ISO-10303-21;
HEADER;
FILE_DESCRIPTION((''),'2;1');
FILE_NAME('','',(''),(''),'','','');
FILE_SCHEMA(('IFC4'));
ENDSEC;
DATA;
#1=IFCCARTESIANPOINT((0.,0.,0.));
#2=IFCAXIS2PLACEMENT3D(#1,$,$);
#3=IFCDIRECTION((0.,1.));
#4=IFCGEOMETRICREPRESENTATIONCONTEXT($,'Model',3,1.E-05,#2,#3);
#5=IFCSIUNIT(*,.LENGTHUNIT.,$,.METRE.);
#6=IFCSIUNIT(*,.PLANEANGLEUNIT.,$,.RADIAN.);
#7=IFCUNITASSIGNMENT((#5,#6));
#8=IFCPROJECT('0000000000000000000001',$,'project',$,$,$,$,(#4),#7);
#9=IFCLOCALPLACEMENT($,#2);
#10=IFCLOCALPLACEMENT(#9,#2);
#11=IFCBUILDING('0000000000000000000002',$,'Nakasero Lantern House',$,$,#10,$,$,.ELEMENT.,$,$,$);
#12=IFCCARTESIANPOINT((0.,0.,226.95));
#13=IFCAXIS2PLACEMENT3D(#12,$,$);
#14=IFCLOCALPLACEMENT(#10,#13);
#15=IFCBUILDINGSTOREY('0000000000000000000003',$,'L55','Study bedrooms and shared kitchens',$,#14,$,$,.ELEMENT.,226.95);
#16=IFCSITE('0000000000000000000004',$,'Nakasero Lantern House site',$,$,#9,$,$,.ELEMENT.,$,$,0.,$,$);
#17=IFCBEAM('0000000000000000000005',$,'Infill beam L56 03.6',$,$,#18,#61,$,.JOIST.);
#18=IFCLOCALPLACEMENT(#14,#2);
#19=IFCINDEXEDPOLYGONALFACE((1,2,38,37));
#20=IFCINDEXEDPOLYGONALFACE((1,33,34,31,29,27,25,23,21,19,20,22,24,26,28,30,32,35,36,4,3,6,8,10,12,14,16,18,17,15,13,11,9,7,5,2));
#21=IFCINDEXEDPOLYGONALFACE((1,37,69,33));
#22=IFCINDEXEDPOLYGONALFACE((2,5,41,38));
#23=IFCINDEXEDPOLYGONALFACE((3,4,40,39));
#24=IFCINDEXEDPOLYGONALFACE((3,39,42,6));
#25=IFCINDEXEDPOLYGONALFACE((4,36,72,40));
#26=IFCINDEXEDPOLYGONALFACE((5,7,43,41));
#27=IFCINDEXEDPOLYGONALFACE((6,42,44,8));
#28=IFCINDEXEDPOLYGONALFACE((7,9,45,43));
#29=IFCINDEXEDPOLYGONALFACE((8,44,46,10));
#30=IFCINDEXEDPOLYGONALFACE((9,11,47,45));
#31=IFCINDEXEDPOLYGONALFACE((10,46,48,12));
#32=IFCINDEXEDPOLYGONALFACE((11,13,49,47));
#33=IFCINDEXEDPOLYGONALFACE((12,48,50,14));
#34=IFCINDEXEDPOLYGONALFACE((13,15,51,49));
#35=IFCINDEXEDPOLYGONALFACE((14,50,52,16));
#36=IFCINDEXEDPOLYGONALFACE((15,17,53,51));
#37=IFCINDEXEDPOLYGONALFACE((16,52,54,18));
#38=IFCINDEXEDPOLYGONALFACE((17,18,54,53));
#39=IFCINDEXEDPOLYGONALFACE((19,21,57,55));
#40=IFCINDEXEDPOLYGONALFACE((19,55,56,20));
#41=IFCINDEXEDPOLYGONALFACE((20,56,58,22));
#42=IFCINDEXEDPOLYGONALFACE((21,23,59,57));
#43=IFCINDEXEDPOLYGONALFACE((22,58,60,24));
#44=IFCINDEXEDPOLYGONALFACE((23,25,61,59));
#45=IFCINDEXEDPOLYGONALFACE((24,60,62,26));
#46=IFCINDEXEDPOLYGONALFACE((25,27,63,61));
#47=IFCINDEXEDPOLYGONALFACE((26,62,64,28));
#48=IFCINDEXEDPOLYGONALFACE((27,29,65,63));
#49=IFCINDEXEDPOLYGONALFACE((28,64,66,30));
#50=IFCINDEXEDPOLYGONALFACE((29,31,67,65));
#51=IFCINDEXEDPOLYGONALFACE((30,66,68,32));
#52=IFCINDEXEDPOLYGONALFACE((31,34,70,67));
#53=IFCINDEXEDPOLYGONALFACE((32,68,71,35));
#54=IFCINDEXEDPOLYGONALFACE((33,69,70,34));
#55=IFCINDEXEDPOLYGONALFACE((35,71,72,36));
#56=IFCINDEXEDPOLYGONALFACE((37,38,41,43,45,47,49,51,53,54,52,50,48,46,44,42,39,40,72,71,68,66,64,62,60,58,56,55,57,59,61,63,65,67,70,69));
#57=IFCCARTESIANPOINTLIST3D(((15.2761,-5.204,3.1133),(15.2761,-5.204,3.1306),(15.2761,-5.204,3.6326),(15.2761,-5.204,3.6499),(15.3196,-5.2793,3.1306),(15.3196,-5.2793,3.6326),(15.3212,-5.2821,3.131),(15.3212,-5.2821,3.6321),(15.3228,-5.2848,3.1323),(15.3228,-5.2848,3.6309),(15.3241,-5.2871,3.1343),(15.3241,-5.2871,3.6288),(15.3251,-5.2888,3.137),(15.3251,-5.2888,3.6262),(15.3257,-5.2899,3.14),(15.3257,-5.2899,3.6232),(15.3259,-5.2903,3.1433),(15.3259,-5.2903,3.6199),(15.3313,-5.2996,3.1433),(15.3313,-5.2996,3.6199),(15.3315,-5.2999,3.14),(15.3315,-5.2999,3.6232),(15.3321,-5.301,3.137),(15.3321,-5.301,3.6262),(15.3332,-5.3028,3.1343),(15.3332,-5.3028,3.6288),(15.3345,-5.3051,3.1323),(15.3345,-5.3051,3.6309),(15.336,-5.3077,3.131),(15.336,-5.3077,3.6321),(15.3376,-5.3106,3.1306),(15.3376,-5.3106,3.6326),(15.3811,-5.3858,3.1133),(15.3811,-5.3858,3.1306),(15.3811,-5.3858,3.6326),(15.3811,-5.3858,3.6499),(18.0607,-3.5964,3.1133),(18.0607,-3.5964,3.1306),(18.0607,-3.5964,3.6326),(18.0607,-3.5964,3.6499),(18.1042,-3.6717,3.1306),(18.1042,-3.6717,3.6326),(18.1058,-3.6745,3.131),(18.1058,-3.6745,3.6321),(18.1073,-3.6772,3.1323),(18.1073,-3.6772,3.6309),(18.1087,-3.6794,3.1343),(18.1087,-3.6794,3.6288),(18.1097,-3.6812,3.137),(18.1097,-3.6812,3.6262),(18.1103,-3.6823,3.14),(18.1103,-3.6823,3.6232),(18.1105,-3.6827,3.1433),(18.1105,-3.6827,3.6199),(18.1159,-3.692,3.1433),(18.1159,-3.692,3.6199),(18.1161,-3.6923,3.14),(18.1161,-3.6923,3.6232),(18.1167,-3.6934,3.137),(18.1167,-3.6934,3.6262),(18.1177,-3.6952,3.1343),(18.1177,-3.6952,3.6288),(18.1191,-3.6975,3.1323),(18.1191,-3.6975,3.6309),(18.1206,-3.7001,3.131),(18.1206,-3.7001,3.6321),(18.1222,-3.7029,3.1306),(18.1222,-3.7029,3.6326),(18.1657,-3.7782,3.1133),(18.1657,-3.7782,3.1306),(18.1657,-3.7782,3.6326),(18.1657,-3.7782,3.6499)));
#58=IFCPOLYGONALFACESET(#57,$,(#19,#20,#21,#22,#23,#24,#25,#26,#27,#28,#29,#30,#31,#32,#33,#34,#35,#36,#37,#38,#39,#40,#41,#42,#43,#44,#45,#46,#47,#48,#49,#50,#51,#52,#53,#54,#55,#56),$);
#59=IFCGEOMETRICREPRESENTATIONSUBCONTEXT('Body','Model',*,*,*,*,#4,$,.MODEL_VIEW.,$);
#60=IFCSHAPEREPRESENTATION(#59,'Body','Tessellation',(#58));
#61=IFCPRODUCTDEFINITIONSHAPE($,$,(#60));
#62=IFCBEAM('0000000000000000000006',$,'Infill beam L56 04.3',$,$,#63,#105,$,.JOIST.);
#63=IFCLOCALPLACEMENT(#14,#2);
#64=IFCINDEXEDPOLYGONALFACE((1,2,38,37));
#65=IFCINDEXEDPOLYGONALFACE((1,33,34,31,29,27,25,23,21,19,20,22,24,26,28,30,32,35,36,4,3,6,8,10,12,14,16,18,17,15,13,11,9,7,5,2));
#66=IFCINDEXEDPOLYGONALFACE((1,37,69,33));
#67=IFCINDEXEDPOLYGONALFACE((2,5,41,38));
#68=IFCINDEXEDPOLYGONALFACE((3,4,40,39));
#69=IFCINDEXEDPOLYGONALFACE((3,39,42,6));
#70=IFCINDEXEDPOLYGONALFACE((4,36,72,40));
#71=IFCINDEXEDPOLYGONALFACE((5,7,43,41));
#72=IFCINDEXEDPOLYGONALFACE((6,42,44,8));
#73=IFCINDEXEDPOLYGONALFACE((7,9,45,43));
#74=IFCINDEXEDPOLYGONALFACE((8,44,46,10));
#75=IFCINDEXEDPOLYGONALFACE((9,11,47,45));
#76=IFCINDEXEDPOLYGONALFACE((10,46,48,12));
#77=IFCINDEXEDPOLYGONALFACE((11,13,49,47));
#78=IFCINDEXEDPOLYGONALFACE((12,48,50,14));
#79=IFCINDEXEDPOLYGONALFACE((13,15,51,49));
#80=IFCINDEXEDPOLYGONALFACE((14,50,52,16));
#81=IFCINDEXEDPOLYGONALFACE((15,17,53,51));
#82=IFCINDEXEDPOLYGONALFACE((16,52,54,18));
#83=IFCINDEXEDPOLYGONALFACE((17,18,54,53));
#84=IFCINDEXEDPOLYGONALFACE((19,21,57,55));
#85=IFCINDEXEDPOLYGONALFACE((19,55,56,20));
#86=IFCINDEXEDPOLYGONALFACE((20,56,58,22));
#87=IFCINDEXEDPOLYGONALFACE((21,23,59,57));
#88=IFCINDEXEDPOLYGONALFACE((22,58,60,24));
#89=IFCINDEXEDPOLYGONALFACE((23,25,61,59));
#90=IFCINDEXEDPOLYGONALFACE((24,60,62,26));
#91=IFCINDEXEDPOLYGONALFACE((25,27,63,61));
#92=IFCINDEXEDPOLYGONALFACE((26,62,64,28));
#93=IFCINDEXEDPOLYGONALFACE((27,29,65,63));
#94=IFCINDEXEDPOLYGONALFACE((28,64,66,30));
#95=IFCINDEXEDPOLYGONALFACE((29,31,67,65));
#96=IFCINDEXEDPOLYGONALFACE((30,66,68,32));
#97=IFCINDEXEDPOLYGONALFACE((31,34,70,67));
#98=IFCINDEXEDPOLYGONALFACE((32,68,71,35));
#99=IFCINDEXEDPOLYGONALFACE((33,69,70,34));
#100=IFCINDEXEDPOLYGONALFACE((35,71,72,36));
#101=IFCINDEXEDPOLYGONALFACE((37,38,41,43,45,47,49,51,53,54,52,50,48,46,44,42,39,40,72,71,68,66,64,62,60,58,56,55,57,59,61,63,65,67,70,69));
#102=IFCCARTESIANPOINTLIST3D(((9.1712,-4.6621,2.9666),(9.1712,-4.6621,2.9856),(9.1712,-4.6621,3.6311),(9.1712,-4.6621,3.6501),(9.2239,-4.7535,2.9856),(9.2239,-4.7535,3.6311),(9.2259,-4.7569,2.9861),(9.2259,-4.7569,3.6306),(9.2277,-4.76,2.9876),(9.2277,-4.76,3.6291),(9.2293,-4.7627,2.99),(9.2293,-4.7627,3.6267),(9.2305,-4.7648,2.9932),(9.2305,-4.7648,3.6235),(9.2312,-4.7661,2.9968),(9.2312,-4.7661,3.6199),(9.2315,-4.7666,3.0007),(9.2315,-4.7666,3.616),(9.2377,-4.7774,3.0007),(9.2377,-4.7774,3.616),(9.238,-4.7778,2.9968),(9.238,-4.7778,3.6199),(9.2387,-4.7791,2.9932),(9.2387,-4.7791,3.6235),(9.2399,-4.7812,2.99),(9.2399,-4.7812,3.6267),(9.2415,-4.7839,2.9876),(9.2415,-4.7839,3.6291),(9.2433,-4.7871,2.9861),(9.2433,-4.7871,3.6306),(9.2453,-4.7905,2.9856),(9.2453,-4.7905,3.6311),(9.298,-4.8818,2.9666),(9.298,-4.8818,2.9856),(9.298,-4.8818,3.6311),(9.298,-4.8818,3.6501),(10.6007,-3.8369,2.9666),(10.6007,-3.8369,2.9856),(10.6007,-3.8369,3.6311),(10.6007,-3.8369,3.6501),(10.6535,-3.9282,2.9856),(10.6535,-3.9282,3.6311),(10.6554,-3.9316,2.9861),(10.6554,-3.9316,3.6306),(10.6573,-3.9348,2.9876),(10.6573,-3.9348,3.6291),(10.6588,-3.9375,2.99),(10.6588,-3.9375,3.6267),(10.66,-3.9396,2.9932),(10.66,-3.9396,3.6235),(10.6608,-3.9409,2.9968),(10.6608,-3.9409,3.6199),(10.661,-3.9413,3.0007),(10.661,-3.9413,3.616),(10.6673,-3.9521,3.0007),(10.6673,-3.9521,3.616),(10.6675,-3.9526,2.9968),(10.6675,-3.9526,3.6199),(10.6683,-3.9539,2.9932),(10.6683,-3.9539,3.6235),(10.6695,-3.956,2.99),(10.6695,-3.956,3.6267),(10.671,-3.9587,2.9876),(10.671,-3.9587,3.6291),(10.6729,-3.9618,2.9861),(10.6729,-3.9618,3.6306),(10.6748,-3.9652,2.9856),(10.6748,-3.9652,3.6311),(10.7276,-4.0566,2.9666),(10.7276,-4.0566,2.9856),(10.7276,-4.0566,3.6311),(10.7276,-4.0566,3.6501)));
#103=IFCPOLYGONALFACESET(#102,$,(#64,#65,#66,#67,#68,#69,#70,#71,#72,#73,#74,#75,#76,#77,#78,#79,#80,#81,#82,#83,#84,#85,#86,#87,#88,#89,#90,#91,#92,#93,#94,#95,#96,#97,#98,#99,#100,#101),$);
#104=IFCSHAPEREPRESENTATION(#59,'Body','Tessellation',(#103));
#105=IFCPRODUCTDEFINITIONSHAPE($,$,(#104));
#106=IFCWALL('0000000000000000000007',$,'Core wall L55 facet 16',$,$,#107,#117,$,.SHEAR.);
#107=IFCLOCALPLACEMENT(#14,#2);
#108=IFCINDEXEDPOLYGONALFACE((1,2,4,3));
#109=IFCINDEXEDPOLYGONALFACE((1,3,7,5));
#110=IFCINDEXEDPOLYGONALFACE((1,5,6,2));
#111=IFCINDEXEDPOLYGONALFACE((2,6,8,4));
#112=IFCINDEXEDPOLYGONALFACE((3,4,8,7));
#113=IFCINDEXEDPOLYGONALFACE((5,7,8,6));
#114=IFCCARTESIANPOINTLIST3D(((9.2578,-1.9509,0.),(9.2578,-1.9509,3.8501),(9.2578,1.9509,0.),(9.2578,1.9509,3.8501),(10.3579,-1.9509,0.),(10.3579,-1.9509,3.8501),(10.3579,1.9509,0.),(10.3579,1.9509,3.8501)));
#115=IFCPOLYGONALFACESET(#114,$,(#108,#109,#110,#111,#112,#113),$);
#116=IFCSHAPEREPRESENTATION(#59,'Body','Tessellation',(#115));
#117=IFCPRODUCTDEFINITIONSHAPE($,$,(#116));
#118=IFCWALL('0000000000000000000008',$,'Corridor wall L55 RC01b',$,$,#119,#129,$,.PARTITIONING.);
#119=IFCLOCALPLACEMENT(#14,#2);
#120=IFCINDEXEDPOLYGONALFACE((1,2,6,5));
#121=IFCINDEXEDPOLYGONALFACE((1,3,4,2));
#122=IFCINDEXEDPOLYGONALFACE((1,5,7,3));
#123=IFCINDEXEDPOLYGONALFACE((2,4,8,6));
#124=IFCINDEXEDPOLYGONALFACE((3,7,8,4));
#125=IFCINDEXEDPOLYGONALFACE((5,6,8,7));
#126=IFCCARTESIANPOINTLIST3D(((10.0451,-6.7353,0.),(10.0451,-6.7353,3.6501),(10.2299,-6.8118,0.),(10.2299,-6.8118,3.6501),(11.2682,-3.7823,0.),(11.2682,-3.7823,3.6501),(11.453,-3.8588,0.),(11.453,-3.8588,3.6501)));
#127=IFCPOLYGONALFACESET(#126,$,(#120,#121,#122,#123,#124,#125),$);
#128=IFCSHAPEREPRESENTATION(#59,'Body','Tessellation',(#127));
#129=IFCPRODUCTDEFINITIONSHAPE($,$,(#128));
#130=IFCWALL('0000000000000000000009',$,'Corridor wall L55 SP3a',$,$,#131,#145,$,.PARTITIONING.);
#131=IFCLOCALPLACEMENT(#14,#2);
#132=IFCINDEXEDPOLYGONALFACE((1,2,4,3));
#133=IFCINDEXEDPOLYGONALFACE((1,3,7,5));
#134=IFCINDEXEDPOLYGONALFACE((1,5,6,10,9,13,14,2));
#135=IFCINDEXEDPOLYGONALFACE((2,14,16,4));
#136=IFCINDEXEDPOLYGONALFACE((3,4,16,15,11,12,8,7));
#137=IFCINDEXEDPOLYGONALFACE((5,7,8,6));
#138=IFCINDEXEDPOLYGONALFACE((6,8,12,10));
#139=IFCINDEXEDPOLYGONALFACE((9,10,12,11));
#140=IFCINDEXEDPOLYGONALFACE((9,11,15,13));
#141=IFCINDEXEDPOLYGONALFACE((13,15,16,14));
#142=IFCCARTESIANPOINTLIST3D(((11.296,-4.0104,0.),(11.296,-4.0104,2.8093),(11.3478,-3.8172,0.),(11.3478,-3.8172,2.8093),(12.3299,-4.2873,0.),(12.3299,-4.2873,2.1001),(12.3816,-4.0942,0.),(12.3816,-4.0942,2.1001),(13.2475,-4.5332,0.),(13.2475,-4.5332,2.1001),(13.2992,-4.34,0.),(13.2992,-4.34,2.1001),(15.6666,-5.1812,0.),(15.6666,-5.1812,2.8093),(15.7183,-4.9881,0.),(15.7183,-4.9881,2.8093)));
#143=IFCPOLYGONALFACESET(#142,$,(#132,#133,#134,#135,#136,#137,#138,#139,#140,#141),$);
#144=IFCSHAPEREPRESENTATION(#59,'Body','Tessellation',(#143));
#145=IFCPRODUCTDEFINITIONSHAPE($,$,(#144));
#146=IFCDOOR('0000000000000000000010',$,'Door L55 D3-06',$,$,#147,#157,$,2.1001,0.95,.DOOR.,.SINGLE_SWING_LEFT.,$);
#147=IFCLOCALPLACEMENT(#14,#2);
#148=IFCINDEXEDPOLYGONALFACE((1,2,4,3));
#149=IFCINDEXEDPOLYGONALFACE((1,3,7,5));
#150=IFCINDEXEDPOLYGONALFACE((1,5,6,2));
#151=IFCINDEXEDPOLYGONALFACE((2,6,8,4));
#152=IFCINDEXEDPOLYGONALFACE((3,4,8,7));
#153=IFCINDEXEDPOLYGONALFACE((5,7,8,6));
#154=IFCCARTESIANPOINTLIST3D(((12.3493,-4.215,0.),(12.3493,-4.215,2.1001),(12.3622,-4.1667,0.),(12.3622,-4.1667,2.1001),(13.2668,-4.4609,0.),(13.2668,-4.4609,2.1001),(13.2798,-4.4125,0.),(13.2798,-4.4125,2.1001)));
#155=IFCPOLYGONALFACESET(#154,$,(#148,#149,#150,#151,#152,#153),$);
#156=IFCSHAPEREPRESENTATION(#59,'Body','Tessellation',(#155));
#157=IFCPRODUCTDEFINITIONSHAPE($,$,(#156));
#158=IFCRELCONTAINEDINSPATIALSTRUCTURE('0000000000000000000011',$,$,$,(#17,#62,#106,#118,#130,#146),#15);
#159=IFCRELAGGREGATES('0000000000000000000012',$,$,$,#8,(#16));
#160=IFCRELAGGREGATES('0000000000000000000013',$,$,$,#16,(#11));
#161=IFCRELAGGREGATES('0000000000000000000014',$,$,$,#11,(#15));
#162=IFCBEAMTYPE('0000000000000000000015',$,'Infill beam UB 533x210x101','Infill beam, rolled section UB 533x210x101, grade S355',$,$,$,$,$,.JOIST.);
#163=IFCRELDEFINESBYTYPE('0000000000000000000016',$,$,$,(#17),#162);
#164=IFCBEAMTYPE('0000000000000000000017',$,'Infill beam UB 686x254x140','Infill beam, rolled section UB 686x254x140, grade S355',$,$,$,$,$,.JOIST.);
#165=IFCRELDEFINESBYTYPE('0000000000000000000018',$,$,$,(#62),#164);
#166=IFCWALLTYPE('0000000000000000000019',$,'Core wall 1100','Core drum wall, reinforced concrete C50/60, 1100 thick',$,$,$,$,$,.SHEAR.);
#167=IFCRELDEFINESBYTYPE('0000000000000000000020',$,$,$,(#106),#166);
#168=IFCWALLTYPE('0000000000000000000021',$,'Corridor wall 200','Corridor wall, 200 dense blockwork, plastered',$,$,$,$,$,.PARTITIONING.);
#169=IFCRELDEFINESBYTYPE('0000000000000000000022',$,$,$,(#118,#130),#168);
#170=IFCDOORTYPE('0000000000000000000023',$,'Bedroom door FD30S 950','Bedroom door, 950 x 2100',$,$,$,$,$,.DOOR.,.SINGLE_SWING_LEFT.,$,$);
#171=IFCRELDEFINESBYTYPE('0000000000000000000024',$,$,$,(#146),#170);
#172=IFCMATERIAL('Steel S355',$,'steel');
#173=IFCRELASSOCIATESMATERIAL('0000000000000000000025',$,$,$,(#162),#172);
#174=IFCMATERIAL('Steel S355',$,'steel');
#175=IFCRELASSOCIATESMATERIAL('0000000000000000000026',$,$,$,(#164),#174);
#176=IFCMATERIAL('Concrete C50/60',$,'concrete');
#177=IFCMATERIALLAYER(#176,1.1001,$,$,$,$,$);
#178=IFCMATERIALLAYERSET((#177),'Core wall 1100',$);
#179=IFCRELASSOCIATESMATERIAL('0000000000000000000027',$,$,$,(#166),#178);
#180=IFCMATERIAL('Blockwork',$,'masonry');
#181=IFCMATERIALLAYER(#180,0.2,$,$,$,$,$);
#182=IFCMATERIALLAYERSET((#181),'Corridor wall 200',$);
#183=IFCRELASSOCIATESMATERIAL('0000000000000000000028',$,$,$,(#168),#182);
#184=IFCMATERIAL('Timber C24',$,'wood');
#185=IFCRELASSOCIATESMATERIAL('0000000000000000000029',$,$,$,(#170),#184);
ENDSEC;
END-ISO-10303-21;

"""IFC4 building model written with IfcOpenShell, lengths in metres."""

from ifc_helpers import new_model, si_unit, direction, frame, frame_2d, origin, origin_2d, place, context, subcontext, project, spatial, rectangle, i_section, extrude, material, layer, layer_set, material_profile, profile_set, type_object, element, fill, save


model = new_model("IFC4")

# Units and contexts
model_context = context("Model", 3, precision=1e-05, world=origin(), true_north=direction((0.0, 1.0)))
body_context = subcontext(model_context, "Body", "Model", "MODEL_VIEW")
ifc_project = project(units=[si_unit("LENGTHUNIT", "METRE"), si_unit("PLANEANGLEUNIT", "RADIAN")], contexts=[model_context])

# Site, building, storey
site_placement = place(None, origin())
site = spatial("IfcSite", under=ifc_project, at=site_placement, Name="Nakasero Lantern House site", CompositionType="ELEMENT", RefElevation=0.0)
building_placement = place(site_placement, origin())
building = spatial("IfcBuilding", under=site, at=building_placement, Name="Nakasero Lantern House", CompositionType="ELEMENT")
storey_placement = place(building_placement, frame((0.0, 0.0, 226.95)))
storey = spatial("IfcBuildingStorey", under=building, at=storey_placement, Name="L55", Description="Study bedrooms and shared kitchens", CompositionType="ELEMENT", Elevation=226.95)

# Beams
ifc_material_1 = material(Name="Steel S355", Category="steel")
ifc_material_profile_1 = material_profile(ifc_material_1, i_section(OverallWidth=0.21, OverallDepth=0.5366, WebThickness=0.0107, FlangeThickness=0.0173, FilletRadius=0.0127, at=origin_2d()), Name="UB 533x210x101")
ifc_profile_set_1 = profile_set([ifc_material_profile_1], Name="Steel S355")
beam_type_1 = type_object("IfcBeamType", Name="Infill beam UB 533x210x101", Description="Infill beam, rolled section UB 533x210x101, grade S355", PredefinedType="JOIST", material=ifc_profile_set_1)
beam_1_placement = place(storey_placement, frame((15.3286, -5.2949, 3.3816), z_axis=(0.866034, 0.499985, 0.0), x_axis=(-0.499985, 0.866034, 0.0)))
element("IfcBeam", 1, at=beam_1_placement, inside=storey, type_object=beam_type_1, Name="Infill beam L56 03.6", PredefinedType="JOIST", context=body_context, shape_type="SweptSolid", body=[
    extrude(i_section(OverallWidth=0.21, OverallDepth=0.5366, WebThickness=0.0107, FlangeThickness=0.0173, FilletRadius=0.0127, at=origin_2d()), origin(), (0.0, 0.0, 1.0), 3.2153),
])
ifc_material_2 = material(Name="Steel S355", Category="steel")
ifc_material_profile_2 = material_profile(ifc_material_2, i_section(OverallWidth=0.2537, OverallDepth=0.6836, WebThickness=0.0125, FlangeThickness=0.019, FilletRadius=0.0151, at=origin_2d()), Name="UB 686x254x140")
ifc_profile_set_2 = profile_set([ifc_material_profile_2], Name="Steel S355")
beam_type_2 = type_object("IfcBeamType", Name="Infill beam UB 686x254x140", Description="Infill beam, rolled section UB 686x254x140, grade S355", PredefinedType="JOIST", material=ifc_profile_set_2)
beam_2_placement = place(storey_placement, frame((9.2346, -4.772, 3.3083), z_axis=(0.86605, 0.499957, 0.0), x_axis=(-0.499957, 0.86605, 0.0)))
element("IfcBeam", 2, at=beam_2_placement, inside=storey, type_object=beam_type_2, Name="Infill beam L56 04.3", PredefinedType="JOIST", context=body_context, shape_type="SweptSolid", body=[
    extrude(i_section(OverallWidth=0.2537, OverallDepth=0.6836, WebThickness=0.0125, FlangeThickness=0.019, FilletRadius=0.0151, at=origin_2d()), origin(), (0.0, 0.0, 1.0), 1.6506),
])

# Walls
ifc_material_3 = material(Name="Concrete C50/60", Category="concrete")
ifc_layer_1 = layer(ifc_material_3, 1.1001)
ifc_layer_set_1 = layer_set([ifc_layer_1], Name="Core wall 1100")
wall_type_1 = type_object("IfcWallType", Name="Core wall 1100", Description="Core drum wall, reinforced concrete C50/60, 1100 thick", PredefinedType="SHEAR", material=ifc_layer_set_1)
wall_1_placement = place(storey_placement, frame((9.8079, -1.9509, 0.0), z_axis=(0.0, 0.0, 1.0), x_axis=(0.0, 1.0, 0.0)))
element("IfcWall", 3, at=wall_1_placement, inside=storey, type_object=wall_type_1, Name="Core wall L55 facet 16", PredefinedType="SHEAR", context=body_context, shape_type="SweptSolid", body=[
    extrude(rectangle(XDim=3.9019, YDim=1.1001, at=frame_2d((1.9509, 0.0))), origin(), (0.0, 0.0, 1.0), 3.8501),
])
ifc_material_4 = material(Name="Blockwork", Category="masonry")
ifc_layer_2 = layer(ifc_material_4, 0.2)
ifc_layer_set_2 = layer_set([ifc_layer_2], Name="Corridor wall 200")
wall_type_2 = type_object("IfcWallType", Name="Corridor wall 200", Description="Corridor wall, 200 dense blockwork, plastered", PredefinedType="PARTITIONING", material=ifc_layer_set_2)
wall_2_placement = place(storey_placement, frame((11.3606, -3.8206, 0.0), z_axis=(0.0, 0.0, 1.0), x_axis=(-0.382662, -0.923888, 0.0)))
element("IfcWall", 4, at=wall_2_placement, inside=storey, type_object=wall_type_2, Name="Corridor wall L55 RC01b", PredefinedType="PARTITIONING", context=body_context, shape_type="SweptSolid", body=[
    extrude(rectangle(XDim=3.1963, YDim=0.2, at=frame_2d((1.5981, 0.0))), origin(), (0.0, 0.0, 1.0), 3.6501),
])

# Wall, opening, door
wall_3_placement = place(storey_placement, frame((11.322, -3.9138, 0.0), z_axis=(0.0, 0.0, 1.0), x_axis=(0.965937, -0.258777, 0.0)))
wall_3 = element("IfcWall", 5, at=wall_3_placement, inside=storey, type_object=wall_type_2, Name="Corridor wall L55 SP3a", PredefinedType="PARTITIONING", context=body_context, shape_type="SweptSolid", body=[
    extrude(rectangle(XDim=4.5247, YDim=0.2, at=frame_2d((2.2622, 0.0))), origin(), (0.0, 0.0, 1.0), 2.8093),
])
opening_1_placement = place(wall_3_placement, frame((1.0701, 0.0, 0.0)))
opening_1 = element("IfcOpeningElement", 6, at=opening_1_placement, cuts=wall_3, PredefinedType="OPENING", context=body_context, shape_type="SweptSolid", body=[
    extrude(rectangle(XDim=0.95, YDim=2.1001, at=frame_2d((0.4751, 1.05))), frame((0.0, 0.1199, 0.0), z_axis=(0.0, -1.0, 0.0), x_axis=(1.0, 0.0, 0.0)), (0.0, 0.0, 1.0), 0.24),
])
ifc_material_5 = material(Name="Timber C24", Category="wood")
door_type_1 = type_object("IfcDoorType", Name="Bedroom door FD30S 950", Description="Bedroom door, 950 x 2100", OperationType="SINGLE_SWING_LEFT", PredefinedType="DOOR", material=ifc_material_5)
door_1_placement = place(opening_1_placement, origin())
door_1 = element("IfcDoor", 7, at=door_1_placement, inside=storey, type_object=door_type_1, Name="Door L55 D3-06", OperationType="SINGLE_SWING_LEFT", OverallHeight=2.1001, OverallWidth=0.95, PredefinedType="DOOR", context=body_context, shape_type="SweptSolid", body=[
    extrude(rectangle(XDim=0.95, YDim=2.1001, at=frame_2d((0.4751, 1.05))), frame((0.0, 0.0249, 0.0), z_axis=(0.0, -1.0, 0.0), x_axis=(1.0, 0.0, 0.0)), (0.0, 0.0, 1.0), 0.05),
])
fill(opening_1, door_1)

save(model, "model.ifc")
